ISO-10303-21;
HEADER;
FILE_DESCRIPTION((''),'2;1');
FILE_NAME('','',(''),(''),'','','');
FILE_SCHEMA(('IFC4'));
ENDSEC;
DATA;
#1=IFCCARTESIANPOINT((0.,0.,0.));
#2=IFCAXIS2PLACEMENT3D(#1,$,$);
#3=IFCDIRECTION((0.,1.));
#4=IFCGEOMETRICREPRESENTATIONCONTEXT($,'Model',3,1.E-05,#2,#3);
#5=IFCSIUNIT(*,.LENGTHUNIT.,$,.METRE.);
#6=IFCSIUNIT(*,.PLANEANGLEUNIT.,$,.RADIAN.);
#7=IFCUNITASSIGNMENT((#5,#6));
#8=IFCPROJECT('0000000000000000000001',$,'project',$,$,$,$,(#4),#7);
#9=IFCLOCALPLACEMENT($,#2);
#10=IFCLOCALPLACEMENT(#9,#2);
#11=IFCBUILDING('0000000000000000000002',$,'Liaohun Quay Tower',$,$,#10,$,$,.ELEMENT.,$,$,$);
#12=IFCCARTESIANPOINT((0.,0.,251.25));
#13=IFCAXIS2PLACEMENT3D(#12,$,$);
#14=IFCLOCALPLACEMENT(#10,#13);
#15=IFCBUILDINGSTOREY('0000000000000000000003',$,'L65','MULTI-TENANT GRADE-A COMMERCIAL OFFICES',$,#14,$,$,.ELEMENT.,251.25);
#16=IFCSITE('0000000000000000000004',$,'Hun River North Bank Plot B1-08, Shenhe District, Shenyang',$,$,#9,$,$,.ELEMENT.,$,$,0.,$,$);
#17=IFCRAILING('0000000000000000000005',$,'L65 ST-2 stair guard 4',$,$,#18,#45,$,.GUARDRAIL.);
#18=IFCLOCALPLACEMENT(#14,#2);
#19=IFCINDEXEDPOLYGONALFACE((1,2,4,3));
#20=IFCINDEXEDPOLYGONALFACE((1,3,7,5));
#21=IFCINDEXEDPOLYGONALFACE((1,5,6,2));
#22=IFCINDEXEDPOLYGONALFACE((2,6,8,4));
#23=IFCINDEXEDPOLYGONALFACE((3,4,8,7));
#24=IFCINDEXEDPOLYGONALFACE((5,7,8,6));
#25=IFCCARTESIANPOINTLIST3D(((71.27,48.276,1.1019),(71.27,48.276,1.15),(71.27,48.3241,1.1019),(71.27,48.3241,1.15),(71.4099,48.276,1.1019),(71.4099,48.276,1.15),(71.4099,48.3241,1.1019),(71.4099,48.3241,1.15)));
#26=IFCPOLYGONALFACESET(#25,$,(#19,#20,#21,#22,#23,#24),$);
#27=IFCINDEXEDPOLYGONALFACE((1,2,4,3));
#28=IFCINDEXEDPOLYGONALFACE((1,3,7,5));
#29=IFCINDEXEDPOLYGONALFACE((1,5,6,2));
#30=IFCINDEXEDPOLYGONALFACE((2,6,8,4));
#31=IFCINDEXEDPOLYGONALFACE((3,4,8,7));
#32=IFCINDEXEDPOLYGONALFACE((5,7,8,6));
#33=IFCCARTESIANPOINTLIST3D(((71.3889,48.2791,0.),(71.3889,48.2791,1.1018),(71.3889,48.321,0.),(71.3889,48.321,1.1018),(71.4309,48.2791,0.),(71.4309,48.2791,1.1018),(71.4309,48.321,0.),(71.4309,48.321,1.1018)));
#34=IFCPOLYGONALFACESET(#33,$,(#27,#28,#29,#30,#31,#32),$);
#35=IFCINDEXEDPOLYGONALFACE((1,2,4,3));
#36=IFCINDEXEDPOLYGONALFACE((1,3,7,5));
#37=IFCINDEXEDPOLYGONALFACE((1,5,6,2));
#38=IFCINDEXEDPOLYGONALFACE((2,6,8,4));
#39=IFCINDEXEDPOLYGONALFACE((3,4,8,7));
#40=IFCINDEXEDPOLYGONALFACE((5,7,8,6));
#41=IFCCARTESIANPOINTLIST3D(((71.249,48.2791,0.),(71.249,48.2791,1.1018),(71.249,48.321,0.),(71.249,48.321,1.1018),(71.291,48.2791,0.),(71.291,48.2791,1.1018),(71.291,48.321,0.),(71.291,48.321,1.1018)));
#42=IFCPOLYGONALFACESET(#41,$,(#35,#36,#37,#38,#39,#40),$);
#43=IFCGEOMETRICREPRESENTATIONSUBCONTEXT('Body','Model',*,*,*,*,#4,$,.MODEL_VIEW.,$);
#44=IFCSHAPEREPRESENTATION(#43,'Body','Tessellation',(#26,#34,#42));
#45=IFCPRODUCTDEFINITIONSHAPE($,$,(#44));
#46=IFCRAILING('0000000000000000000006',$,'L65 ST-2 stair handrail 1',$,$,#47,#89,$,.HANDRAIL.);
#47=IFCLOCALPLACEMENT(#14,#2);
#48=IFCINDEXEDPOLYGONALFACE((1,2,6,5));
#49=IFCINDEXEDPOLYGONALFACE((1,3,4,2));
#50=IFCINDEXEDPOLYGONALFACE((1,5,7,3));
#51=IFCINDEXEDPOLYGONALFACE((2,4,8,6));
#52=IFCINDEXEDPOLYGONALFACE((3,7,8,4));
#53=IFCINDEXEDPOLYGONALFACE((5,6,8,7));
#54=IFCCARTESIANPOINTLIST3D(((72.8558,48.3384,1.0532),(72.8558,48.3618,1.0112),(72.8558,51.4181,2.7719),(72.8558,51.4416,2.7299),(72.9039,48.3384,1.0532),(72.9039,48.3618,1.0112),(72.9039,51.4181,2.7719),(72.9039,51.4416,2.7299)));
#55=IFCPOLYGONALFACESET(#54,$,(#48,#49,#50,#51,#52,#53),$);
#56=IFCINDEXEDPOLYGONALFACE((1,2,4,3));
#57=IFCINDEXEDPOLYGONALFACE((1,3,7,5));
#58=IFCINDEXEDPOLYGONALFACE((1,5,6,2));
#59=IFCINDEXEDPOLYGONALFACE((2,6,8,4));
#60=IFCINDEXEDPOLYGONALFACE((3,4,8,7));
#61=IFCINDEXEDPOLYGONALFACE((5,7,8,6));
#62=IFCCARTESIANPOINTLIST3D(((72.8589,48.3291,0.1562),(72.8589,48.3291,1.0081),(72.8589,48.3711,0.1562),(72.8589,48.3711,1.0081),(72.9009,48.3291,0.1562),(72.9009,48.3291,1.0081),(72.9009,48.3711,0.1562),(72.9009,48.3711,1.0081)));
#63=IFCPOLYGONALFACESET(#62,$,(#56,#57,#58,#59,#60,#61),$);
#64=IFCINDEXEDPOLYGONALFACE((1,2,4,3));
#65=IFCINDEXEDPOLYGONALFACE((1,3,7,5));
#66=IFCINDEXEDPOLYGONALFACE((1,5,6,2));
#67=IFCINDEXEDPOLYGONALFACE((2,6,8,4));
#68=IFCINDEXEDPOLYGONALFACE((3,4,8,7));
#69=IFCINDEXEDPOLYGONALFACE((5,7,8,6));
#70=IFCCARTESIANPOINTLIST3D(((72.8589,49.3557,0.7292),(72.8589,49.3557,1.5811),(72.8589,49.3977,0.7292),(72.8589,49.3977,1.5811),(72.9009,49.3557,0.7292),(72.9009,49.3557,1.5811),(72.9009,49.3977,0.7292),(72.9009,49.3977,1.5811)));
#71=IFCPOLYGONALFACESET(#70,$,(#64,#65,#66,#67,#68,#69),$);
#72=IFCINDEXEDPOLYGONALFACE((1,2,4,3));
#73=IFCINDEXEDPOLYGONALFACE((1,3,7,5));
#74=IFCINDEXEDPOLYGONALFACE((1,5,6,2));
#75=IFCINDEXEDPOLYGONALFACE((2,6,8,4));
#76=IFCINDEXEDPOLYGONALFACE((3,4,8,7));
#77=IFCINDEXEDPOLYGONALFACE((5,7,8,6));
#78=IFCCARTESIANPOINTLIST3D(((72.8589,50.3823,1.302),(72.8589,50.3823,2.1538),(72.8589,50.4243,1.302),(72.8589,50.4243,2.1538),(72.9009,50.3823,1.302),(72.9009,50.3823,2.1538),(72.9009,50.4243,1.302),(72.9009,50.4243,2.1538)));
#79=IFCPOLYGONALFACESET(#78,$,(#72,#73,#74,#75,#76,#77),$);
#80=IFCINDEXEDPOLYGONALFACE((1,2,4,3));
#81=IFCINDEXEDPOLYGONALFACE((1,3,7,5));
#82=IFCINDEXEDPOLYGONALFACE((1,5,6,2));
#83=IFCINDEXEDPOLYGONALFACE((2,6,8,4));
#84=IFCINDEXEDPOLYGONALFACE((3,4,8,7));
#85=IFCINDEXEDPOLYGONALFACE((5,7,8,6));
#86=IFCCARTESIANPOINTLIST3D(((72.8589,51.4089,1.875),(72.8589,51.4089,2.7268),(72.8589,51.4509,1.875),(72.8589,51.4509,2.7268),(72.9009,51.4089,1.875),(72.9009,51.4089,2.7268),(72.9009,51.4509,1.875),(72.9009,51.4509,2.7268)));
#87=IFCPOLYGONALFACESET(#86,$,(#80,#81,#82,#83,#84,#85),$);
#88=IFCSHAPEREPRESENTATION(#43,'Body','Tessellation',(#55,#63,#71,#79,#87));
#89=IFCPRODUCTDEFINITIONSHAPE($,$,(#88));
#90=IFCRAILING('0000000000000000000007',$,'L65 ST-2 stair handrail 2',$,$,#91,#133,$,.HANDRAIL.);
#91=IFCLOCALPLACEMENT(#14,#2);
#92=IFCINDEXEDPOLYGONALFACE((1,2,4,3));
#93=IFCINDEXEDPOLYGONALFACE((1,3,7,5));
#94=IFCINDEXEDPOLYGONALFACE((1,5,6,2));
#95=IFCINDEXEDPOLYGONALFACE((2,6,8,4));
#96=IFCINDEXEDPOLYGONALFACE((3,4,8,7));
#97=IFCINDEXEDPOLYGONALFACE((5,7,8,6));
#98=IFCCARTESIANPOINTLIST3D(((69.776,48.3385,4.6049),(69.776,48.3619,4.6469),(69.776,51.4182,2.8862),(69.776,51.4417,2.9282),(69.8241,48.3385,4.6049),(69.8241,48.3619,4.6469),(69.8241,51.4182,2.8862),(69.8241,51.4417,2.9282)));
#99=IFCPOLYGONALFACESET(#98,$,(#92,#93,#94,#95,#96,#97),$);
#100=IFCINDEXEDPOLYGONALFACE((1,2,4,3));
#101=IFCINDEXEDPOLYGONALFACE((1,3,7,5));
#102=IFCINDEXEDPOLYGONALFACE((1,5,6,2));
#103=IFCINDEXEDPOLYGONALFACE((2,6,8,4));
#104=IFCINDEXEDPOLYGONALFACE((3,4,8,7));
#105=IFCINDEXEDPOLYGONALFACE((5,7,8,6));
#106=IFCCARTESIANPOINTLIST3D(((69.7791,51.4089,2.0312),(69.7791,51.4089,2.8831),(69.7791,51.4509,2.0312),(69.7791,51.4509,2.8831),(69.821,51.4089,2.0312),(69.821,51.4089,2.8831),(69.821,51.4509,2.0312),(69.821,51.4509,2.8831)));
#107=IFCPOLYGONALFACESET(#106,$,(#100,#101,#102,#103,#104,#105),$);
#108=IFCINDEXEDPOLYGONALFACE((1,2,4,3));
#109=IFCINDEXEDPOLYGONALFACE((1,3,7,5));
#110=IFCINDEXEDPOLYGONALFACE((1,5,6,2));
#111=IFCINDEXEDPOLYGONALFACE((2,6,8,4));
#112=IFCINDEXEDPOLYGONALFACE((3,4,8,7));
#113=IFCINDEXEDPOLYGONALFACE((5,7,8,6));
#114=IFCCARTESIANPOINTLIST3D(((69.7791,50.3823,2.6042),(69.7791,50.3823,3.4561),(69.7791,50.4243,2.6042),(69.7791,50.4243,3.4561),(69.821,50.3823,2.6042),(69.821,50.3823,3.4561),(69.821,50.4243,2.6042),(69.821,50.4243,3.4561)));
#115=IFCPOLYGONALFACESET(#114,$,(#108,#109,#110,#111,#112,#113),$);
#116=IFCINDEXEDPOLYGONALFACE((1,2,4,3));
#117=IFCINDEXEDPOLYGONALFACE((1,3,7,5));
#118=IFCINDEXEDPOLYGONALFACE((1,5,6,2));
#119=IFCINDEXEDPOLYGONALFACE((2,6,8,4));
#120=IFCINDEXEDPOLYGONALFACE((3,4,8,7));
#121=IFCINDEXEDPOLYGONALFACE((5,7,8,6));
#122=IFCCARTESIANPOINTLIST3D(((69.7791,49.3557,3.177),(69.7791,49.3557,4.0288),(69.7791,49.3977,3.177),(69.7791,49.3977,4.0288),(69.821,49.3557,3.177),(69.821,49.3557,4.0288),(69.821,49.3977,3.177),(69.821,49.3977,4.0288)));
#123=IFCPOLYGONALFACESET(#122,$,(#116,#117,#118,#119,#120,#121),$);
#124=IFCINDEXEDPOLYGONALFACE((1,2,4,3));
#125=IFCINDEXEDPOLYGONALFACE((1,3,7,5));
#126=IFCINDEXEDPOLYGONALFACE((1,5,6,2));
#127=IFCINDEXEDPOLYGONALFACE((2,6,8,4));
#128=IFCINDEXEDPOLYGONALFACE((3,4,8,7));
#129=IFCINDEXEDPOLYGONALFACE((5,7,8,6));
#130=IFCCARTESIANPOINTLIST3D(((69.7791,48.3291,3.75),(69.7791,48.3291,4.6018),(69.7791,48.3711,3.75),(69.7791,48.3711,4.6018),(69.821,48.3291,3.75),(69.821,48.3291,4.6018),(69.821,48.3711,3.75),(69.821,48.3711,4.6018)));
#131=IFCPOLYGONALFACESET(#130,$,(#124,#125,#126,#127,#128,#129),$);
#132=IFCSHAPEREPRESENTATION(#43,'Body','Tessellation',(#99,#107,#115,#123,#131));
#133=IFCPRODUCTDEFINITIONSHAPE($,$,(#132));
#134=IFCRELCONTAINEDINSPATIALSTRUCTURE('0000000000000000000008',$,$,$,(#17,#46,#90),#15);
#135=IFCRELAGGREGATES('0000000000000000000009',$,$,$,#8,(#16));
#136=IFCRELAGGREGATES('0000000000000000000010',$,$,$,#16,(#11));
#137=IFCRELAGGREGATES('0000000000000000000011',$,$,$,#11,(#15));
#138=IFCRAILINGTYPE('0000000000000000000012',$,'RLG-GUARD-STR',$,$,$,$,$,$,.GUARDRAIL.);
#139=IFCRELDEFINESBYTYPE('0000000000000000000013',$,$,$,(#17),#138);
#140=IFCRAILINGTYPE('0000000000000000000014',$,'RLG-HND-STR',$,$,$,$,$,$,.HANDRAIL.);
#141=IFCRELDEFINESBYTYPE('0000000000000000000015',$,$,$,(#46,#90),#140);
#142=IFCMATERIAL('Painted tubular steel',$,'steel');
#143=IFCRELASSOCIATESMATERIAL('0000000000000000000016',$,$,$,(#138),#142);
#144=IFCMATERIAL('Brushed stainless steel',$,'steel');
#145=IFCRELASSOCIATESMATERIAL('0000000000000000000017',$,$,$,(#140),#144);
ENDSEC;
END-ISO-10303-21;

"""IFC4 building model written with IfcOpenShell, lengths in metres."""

from ifc_helpers import new_model, si_unit, direction, frame, origin, origin_2d, place, context, subcontext, project, spatial, rectangle, extrude, material, type_object, element, save


model = new_model("IFC4")

# Units and contexts
model_context = context("Model", 3, precision=1e-05, world=origin(), true_north=direction((0.0, 1.0)))
body_context = subcontext(model_context, "Body", "Model", "MODEL_VIEW")
ifc_project = project(units=[si_unit("LENGTHUNIT", "METRE"), si_unit("PLANEANGLEUNIT", "RADIAN")], contexts=[model_context])

# Site, building, storey
site_placement = place(None, origin())
site = spatial("IfcSite", under=ifc_project, at=site_placement, Name="Hun River North Bank Plot B1-08, Shenhe District, Shenyang", CompositionType="ELEMENT", RefElevation=0.0)
building_placement = place(site_placement, origin())
building = spatial("IfcBuilding", under=site, at=building_placement, Name="Liaohun Quay Tower", CompositionType="ELEMENT")
storey_placement = place(building_placement, frame((0.0, 0.0, 251.25)))
storey = spatial("IfcBuildingStorey", under=building, at=storey_placement, Name="L65", Description="MULTI-TENANT GRADE-A COMMERCIAL OFFICES", CompositionType="ELEMENT", Elevation=251.25)

# Railings
ifc_material_1 = material(Name="Painted tubular steel", Category="steel")
railing_type_1 = type_object("IfcRailingType", Name="RLG-GUARD-STR", PredefinedType="GUARDRAIL", material=ifc_material_1)
railing_1_placement = place(storey_placement, frame((71.4099, 48.3, 0.0)))
element("IfcRailing", 1, at=railing_1_placement, inside=storey, type_object=railing_type_1, Name="L65 ST-2 stair guard 4", PredefinedType="GUARDRAIL", context=body_context, shape_type="SweptSolid", body=[
    extrude(rectangle(XDim=0.0481, YDim=0.0481, at=origin_2d()), frame((0.0, 0.0, 1.126), z_axis=(-1.0, 0.0, 0.0), x_axis=(0.0, -1.0, 0.0)), (0.0, 0.0, 1.0), 0.1399),
    extrude(rectangle(XDim=0.042, YDim=0.042, at=origin_2d()), origin(), (0.0, 0.0, 1.0), 1.1018),
    extrude(rectangle(XDim=0.042, YDim=0.042, at=origin_2d()), frame((-0.1399, 0.0, 0.0)), (0.0, 0.0, 1.0), 1.1018),
])
ifc_material_2 = material(Name="Brushed stainless steel", Category="steel")
railing_type_2 = type_object("IfcRailingType", Name="RLG-HND-STR", PredefinedType="HANDRAIL", material=ifc_material_2)
railing_2_placement = place(storey_placement, frame((72.8799, 48.3501, 0.1562)))
element("IfcRailing", 2, at=railing_2_placement, inside=storey, type_object=railing_type_2, Name="L65 ST-2 stair handrail 1", PredefinedType="HANDRAIL", context=body_context, shape_type="SweptSolid", body=[
    extrude(rectangle(XDim=0.0481, YDim=0.0481, at=origin_2d()), frame((0.0, 0.0, 0.876), z_axis=(0.0, 0.873225, 0.487317), x_axis=(-1.0, 0.0, 0.0)), (0.0, 0.0, 1.0), 3.5269),
    extrude(rectangle(XDim=0.042, YDim=0.042, at=origin_2d()), origin(), (0.0, 0.0, 1.0), 0.8518),
    extrude(rectangle(XDim=0.042, YDim=0.042, at=origin_2d()), frame((0.0, 1.0266, 0.573)), (0.0, 0.0, 1.0), 0.8518),
    extrude(rectangle(XDim=0.042, YDim=0.042, at=origin_2d()), frame((0.0, 2.0532, 1.1458)), (0.0, 0.0, 1.0), 0.8518),
    extrude(rectangle(XDim=0.042, YDim=0.042, at=origin_2d()), frame((0.0, 3.0798, 1.7188)), (0.0, 0.0, 1.0), 0.8518),
])
railing_3_placement = place(storey_placement, frame((69.8, 51.4299, 2.0312)))
element("IfcRailing", 3, at=railing_3_placement, inside=storey, type_object=railing_type_2, Name="L65 ST-2 stair handrail 2", PredefinedType="HANDRAIL", context=body_context, shape_type="SweptSolid", body=[
    extrude(rectangle(XDim=0.0481, YDim=0.0481, at=origin_2d()), frame((0.0, 0.0, 0.876), z_axis=(0.0, -0.873225, 0.487317), x_axis=(1.0, 0.0, 0.0)), (0.0, 0.0, 1.0), 3.5269),
    extrude(rectangle(XDim=0.042, YDim=0.042, at=origin_2d()), origin(), (0.0, 0.0, 1.0), 0.8518),
    extrude(rectangle(XDim=0.042, YDim=0.042, at=origin_2d()), frame((0.0, -1.0266, 0.573)), (0.0, 0.0, 1.0), 0.8518),
    extrude(rectangle(XDim=0.042, YDim=0.042, at=origin_2d()), frame((0.0, -2.0532, 1.1458)), (0.0, 0.0, 1.0), 0.8518),
    extrude(rectangle(XDim=0.042, YDim=0.042, at=origin_2d()), frame((0.0, -3.0798, 1.7188)), (0.0, 0.0, 1.0), 0.8518),
])

save(model, "model.ifc")
